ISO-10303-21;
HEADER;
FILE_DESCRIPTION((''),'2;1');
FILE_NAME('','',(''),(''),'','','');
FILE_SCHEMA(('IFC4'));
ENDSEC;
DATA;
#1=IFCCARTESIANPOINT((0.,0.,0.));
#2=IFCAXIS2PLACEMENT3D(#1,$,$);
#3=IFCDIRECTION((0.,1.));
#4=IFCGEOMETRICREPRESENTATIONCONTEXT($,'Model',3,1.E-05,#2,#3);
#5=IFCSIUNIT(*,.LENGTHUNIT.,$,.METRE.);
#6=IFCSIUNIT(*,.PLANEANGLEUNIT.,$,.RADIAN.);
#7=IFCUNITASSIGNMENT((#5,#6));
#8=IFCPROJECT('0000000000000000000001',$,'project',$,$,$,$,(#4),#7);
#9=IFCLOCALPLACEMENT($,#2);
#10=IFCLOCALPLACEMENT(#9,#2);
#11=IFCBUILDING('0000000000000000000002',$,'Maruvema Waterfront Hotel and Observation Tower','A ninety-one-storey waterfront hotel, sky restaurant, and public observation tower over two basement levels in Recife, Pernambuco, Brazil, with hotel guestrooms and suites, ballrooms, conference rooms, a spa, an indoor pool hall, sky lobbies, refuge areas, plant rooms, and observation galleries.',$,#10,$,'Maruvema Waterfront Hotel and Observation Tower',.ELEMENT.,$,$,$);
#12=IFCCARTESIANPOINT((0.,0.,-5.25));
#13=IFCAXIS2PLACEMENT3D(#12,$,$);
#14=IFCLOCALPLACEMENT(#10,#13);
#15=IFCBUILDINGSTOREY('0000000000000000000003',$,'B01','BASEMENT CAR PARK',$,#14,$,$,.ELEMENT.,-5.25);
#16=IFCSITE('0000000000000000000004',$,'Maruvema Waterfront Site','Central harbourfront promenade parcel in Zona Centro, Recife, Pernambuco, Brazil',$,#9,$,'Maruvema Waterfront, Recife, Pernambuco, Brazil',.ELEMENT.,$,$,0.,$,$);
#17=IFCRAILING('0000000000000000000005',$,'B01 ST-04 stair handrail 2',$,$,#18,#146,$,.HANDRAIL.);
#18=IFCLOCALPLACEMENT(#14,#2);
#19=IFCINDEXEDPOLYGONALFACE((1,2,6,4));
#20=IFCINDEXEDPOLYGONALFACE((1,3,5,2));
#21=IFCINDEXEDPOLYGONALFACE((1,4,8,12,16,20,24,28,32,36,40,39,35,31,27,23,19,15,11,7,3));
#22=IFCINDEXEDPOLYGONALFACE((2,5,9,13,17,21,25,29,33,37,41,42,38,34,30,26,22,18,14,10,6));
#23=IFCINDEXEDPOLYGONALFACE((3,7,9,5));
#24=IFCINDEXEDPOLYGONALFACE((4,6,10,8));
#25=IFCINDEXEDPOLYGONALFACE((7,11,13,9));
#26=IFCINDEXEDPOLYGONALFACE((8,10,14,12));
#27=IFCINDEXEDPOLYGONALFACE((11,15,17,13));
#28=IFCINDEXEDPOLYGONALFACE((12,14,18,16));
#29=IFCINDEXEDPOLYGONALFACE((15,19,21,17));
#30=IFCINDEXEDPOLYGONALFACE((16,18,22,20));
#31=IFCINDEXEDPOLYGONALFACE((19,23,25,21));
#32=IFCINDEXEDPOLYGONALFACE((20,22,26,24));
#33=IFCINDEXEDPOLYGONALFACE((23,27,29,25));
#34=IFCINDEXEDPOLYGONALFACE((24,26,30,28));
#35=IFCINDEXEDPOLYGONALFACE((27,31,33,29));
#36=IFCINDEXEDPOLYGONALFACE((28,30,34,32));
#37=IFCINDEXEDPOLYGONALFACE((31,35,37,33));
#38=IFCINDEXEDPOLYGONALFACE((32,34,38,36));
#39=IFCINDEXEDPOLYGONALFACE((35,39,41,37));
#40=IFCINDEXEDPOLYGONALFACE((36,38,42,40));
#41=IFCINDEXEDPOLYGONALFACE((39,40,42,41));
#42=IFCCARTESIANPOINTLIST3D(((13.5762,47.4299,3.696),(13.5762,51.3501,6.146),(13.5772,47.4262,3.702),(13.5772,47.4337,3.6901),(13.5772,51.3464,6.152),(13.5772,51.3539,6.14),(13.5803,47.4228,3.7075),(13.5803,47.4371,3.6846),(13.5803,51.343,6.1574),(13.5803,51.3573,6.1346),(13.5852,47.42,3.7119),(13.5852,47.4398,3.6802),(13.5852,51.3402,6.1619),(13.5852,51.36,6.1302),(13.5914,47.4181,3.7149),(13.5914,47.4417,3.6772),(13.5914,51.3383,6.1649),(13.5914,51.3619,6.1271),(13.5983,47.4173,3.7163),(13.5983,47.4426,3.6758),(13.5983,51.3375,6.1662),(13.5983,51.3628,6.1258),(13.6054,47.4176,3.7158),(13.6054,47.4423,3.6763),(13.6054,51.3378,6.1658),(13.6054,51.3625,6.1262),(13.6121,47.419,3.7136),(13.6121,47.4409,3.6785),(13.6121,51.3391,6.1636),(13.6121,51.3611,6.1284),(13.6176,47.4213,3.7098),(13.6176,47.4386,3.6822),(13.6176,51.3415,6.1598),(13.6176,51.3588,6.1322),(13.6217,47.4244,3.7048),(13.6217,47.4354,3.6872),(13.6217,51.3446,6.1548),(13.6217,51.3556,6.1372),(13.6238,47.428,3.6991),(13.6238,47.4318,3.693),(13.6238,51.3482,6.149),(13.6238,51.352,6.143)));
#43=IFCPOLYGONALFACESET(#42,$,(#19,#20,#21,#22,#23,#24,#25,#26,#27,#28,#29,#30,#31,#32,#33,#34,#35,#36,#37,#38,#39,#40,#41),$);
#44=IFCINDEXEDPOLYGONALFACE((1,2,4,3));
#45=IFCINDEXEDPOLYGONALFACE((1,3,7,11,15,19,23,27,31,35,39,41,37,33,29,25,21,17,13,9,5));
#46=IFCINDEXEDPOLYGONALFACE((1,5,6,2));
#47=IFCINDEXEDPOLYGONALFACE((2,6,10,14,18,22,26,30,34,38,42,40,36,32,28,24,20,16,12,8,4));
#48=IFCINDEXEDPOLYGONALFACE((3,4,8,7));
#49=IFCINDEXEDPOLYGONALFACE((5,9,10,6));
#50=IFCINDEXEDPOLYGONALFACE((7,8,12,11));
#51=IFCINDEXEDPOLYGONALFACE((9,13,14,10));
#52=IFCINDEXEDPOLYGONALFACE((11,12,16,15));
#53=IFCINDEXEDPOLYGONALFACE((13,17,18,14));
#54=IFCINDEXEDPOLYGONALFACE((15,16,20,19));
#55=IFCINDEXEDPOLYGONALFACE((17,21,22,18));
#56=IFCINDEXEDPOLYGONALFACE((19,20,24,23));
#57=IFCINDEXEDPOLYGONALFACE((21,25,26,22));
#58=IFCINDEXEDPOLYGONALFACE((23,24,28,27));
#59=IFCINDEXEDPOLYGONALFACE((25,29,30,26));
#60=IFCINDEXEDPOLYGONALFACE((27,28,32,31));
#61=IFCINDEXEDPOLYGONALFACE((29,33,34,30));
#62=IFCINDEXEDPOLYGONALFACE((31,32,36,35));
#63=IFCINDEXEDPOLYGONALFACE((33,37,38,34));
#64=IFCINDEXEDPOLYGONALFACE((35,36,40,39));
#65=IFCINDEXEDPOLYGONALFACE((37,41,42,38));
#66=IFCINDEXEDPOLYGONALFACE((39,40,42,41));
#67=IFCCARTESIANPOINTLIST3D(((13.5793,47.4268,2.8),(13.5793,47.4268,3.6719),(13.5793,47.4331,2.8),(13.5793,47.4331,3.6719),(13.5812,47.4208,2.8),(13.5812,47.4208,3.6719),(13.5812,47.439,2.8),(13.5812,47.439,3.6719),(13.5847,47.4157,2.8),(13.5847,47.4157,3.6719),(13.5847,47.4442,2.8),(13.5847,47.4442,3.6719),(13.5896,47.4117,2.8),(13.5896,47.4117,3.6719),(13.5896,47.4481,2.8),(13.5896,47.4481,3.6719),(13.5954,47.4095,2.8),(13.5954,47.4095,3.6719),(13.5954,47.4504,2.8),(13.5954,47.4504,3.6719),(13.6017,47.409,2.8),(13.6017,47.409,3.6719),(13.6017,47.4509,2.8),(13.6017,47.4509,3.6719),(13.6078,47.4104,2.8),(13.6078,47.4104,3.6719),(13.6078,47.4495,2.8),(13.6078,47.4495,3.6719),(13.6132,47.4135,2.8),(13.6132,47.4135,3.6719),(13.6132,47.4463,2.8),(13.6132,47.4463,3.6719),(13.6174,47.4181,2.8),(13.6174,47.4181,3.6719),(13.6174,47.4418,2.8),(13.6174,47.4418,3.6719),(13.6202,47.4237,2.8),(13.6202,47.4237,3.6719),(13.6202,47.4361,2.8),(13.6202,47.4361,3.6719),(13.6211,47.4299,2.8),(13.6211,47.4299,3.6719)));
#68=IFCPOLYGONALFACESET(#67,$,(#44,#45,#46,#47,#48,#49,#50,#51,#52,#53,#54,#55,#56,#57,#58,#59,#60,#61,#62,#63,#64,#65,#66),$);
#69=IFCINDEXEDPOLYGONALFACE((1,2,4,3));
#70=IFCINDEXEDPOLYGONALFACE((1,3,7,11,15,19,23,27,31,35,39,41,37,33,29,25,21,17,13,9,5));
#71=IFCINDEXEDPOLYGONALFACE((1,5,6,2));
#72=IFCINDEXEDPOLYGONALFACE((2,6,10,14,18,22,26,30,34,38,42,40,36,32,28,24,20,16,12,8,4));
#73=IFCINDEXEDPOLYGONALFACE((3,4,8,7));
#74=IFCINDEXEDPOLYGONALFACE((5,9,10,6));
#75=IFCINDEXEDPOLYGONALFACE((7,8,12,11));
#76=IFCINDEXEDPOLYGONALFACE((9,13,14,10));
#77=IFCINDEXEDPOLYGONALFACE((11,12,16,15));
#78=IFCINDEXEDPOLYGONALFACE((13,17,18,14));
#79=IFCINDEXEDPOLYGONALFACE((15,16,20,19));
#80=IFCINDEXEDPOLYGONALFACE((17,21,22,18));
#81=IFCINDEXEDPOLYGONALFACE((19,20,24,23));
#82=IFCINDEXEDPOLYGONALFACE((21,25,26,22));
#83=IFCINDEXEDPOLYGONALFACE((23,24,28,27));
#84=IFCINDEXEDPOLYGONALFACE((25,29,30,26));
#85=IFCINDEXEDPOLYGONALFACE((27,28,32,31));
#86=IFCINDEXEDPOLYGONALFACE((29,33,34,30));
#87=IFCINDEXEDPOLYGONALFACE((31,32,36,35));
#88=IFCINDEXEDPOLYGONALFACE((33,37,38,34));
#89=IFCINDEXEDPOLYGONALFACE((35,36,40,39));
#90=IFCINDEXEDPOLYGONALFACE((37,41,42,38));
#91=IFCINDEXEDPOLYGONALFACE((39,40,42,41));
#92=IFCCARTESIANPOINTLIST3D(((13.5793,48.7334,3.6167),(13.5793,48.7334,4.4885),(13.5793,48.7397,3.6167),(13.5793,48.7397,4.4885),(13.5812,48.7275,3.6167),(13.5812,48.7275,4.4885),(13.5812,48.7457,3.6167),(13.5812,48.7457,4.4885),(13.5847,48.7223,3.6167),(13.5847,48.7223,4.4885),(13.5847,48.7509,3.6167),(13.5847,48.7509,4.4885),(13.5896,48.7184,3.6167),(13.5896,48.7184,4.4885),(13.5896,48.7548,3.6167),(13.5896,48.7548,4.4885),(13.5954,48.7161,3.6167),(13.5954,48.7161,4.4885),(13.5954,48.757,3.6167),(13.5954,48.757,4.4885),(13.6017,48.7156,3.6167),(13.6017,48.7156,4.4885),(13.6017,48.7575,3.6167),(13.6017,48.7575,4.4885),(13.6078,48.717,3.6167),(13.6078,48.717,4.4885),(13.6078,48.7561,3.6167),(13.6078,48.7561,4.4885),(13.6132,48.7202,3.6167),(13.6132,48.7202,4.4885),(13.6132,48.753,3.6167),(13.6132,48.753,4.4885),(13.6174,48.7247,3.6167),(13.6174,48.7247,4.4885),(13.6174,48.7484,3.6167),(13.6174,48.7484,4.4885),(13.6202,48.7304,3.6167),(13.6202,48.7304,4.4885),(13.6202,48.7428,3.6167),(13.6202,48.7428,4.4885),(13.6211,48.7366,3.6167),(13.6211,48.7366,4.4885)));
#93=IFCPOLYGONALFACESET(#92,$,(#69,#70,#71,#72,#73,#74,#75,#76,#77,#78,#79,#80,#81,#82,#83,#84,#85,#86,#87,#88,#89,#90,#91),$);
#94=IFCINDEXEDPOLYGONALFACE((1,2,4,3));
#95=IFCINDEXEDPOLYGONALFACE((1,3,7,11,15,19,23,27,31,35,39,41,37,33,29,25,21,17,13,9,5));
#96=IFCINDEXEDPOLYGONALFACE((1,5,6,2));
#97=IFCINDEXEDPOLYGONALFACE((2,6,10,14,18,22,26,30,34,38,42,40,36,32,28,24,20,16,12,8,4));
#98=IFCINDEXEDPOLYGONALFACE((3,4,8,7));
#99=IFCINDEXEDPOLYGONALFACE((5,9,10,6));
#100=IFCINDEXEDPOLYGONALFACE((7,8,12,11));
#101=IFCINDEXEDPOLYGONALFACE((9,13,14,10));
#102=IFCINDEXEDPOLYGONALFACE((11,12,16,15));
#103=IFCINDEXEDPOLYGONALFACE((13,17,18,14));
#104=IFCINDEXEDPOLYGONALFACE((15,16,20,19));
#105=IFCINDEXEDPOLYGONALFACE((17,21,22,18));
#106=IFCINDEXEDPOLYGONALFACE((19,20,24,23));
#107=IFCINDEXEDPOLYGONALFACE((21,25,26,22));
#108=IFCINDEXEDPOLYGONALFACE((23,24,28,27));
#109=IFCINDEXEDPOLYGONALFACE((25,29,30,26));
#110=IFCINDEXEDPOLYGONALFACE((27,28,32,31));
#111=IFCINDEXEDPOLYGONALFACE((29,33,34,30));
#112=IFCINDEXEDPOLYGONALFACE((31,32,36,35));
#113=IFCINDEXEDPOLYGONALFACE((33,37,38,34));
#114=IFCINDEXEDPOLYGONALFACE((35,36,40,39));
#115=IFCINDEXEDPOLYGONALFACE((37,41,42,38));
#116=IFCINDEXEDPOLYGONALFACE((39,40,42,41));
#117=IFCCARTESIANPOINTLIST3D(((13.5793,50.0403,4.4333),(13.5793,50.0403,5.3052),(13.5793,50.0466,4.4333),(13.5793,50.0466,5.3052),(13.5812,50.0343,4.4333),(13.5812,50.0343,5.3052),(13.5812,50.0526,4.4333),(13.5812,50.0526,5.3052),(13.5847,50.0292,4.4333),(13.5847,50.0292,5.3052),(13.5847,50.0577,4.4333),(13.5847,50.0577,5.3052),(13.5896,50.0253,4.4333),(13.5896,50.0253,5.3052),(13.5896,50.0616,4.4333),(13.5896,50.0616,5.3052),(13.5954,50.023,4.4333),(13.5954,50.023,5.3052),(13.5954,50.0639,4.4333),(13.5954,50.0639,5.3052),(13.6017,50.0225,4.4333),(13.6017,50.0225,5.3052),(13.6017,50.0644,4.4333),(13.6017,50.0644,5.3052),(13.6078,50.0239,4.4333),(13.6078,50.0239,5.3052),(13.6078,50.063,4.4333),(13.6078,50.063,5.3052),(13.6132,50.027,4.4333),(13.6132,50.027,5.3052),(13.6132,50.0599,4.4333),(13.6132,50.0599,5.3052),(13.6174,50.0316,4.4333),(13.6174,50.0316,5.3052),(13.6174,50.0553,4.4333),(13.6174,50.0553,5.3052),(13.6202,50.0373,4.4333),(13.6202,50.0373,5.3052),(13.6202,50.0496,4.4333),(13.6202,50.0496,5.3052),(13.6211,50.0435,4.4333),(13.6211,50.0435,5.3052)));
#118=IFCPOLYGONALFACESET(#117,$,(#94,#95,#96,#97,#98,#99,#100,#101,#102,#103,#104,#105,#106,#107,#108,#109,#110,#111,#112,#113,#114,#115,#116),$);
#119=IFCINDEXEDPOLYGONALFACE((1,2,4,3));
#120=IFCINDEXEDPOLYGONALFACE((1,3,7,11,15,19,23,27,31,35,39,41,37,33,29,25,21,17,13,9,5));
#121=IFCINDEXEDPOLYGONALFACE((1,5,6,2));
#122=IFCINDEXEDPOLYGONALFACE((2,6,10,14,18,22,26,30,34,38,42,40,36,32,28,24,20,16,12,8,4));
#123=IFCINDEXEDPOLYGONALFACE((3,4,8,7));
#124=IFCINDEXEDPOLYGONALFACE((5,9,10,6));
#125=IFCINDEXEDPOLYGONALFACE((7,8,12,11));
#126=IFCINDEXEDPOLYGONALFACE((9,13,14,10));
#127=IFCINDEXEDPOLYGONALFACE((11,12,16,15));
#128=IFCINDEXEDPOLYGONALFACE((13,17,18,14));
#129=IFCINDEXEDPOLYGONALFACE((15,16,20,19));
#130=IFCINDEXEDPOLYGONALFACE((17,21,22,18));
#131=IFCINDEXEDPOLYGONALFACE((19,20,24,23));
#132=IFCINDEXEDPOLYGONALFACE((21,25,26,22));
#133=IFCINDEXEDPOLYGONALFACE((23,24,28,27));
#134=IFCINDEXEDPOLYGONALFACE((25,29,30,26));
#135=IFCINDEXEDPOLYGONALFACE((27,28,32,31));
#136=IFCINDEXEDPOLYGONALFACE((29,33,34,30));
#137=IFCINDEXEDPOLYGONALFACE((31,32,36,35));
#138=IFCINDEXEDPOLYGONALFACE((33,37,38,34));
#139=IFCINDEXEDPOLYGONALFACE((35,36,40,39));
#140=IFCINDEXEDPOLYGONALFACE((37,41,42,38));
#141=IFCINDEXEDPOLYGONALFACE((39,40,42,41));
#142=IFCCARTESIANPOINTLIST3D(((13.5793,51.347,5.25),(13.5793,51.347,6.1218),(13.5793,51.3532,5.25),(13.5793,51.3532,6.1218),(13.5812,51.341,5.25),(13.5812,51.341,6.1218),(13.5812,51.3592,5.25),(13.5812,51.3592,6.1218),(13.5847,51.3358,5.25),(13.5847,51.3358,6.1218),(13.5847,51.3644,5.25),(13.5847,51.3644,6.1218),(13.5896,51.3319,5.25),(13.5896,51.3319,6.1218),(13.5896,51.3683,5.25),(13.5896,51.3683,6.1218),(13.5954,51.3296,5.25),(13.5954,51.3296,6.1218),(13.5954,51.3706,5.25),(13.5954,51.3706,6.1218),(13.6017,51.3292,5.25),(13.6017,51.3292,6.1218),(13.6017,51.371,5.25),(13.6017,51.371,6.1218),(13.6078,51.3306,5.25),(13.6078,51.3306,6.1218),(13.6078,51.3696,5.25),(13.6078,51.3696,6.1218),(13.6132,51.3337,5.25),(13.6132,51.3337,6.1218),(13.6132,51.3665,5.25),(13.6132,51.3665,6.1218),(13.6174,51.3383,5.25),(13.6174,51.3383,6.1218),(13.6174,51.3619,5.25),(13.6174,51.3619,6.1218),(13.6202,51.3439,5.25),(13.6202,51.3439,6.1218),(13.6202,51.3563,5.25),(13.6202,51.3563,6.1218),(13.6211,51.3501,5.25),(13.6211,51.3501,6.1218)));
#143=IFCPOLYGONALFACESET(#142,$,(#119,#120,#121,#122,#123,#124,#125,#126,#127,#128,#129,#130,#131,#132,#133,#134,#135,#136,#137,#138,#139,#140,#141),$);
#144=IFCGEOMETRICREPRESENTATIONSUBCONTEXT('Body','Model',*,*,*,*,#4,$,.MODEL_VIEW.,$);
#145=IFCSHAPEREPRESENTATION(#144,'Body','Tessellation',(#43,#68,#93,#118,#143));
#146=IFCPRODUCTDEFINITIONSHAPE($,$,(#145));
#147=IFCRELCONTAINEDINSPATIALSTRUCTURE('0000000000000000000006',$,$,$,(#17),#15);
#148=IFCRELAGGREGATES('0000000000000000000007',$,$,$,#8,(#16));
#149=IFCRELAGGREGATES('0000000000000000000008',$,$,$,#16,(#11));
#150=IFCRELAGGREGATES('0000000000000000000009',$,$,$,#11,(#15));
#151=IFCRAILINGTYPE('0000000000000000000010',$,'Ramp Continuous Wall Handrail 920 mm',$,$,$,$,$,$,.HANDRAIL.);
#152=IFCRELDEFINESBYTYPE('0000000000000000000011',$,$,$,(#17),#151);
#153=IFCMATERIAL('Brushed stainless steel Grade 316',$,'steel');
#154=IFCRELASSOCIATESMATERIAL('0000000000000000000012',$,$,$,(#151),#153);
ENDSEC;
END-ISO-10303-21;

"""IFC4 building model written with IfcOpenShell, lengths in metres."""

from ifc_helpers import new_model, si_unit, direction, frame, origin, origin_2d, place, context, subcontext, project, spatial, circle, extrude, material, type_object, element, save


model = new_model("IFC4")

# Units and contexts
model_context = context("Model", 3, precision=1e-05, world=origin(), true_north=direction((0.0, 1.0)))
body_context = subcontext(model_context, "Body", "Model", "MODEL_VIEW")
ifc_project = project(units=[si_unit("LENGTHUNIT", "METRE"), si_unit("PLANEANGLEUNIT", "RADIAN")], contexts=[model_context])

# Site, building, storey
site_placement = place(None, origin())
site = spatial("IfcSite", under=ifc_project, at=site_placement, Name="Maruvema Waterfront Site", Description="Central harbourfront promenade parcel in Zona Centro, Recife, Pernambuco, Brazil", LongName="Maruvema Waterfront, Recife, Pernambuco, Brazil", CompositionType="ELEMENT", RefElevation=0.0)
building_placement = place(site_placement, origin())
building = spatial("IfcBuilding", under=site, at=building_placement, Name="Maruvema Waterfront Hotel and Observation Tower", Description="A ninety-one-storey waterfront hotel, sky restaurant, and public observation tower over two basement levels in Recife, Pernambuco, Brazil, with hotel guestrooms and suites, ballrooms, conference rooms, a spa, an indoor pool hall, sky lobbies, refuge areas, plant rooms, and observation galleries.", LongName="Maruvema Waterfront Hotel and Observation Tower", CompositionType="ELEMENT")
storey_placement = place(building_placement, frame((0.0, 0.0, -5.25)))
storey = spatial("IfcBuildingStorey", under=building, at=storey_placement, Name="B01", Description="BASEMENT CAR PARK", CompositionType="ELEMENT", Elevation=-5.25)

# Railing
ifc_material_1 = material(Name="Brushed stainless steel Grade 316", Category="steel")
railing_type_1 = type_object("IfcRailingType", Name="Ramp Continuous Wall Handrail 920 mm", PredefinedType="HANDRAIL", material=ifc_material_1)
railing_1_placement = place(storey_placement, frame((13.6001, 47.4299, 2.8)))
element("IfcRailing", 1, at=railing_1_placement, inside=storey, type_object=railing_type_1, Name="B01 ST-04 stair handrail 2", PredefinedType="HANDRAIL", context=body_context, shape_type="SweptSolid", body=[
    extrude(circle(Radius=0.0239, at=origin_2d()), frame((0.0, 0.0, 0.896), z_axis=(0.0, 0.848013, 0.529975), x_axis=(-1.0, 0.0, 0.0)), (0.0, 0.0, 1.0), 4.6228),
    extrude(circle(Radius=0.021, at=origin_2d()), origin(), (0.0, 0.0, 1.0), 0.8718),
    extrude(circle(Radius=0.021, at=origin_2d()), frame((0.0, 1.3066, 0.8167)), (0.0, 0.0, 1.0), 0.8718),
    extrude(circle(Radius=0.021, at=origin_2d()), frame((0.0, 2.6135, 1.6333)), (0.0, 0.0, 1.0), 0.8718),
    extrude(circle(Radius=0.021, at=origin_2d()), frame((0.0, 3.9202, 2.45)), (0.0, 0.0, 1.0), 0.8718),
])

save(model, "model.ifc")
